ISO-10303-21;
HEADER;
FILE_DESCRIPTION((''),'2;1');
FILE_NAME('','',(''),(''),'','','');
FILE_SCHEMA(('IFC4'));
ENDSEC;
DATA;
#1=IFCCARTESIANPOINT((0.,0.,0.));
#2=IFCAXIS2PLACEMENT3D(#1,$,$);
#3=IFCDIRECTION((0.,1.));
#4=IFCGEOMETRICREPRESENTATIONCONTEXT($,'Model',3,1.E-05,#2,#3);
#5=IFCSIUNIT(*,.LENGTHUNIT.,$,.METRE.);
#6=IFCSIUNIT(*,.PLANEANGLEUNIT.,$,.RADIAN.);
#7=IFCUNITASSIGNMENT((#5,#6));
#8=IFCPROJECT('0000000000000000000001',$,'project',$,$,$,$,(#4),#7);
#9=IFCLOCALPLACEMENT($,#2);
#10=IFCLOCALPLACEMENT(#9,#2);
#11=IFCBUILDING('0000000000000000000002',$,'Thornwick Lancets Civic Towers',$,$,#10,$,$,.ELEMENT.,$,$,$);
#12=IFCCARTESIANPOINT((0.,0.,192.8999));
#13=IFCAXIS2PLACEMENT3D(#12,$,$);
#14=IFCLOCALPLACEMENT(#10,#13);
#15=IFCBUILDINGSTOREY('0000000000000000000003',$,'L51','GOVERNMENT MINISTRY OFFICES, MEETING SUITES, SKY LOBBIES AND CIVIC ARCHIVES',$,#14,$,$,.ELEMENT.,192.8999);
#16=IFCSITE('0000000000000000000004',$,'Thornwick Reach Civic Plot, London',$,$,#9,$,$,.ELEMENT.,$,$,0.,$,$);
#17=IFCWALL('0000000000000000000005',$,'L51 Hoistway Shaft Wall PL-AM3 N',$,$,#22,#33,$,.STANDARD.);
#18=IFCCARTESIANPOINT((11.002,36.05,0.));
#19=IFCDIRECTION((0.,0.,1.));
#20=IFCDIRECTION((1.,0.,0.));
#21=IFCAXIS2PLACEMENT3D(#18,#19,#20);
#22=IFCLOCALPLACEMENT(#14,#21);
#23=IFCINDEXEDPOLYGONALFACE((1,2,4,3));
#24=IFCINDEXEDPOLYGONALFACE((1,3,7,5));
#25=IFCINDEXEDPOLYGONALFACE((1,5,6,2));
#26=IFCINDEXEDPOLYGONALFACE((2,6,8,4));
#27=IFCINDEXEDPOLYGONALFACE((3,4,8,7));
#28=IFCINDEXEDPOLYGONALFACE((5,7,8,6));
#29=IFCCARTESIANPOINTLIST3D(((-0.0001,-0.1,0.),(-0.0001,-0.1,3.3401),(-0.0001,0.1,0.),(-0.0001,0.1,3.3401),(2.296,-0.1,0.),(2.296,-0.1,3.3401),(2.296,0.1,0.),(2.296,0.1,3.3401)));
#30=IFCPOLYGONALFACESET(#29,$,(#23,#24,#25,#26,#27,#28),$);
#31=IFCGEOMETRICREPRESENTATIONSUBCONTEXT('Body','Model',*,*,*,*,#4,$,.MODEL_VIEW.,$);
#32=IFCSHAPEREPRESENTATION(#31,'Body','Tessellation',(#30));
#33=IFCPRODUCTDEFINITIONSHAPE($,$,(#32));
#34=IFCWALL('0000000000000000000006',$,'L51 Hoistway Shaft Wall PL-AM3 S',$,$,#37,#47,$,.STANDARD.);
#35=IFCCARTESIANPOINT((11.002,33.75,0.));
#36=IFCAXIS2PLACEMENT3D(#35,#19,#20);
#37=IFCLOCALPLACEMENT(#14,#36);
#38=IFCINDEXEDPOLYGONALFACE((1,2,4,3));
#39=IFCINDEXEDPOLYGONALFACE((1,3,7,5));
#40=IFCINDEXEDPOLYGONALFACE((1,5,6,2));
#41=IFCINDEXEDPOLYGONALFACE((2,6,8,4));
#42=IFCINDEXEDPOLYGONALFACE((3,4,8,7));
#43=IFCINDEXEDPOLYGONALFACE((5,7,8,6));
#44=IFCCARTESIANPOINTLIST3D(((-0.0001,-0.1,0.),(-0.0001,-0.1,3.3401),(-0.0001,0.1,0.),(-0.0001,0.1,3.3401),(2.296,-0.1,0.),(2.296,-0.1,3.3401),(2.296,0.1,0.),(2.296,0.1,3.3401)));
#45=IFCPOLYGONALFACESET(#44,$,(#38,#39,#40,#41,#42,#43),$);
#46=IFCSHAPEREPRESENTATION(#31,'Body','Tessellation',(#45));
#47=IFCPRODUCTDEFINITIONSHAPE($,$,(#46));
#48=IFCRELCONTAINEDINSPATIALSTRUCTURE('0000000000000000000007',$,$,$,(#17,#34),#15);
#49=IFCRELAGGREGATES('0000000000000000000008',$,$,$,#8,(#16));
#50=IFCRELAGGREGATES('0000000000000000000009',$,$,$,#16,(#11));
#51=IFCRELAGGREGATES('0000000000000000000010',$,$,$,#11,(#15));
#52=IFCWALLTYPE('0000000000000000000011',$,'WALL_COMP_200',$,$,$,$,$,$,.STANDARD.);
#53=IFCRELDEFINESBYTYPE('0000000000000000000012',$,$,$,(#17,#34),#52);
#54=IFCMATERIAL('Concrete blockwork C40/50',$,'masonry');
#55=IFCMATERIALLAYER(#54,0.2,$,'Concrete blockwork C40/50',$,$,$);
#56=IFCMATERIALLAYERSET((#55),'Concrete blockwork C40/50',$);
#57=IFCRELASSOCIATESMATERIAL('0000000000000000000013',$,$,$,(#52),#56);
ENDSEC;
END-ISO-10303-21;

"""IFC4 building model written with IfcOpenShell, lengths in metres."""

from ifc_helpers import new_model, si_unit, direction, frame, frame_2d, origin, place, context, subcontext, project, spatial, rectangle, extrude, material, layer, layer_set, type_object, element, save


model = new_model("IFC4")

# Units and contexts
model_context = context("Model", 3, precision=1e-05, world=origin(), true_north=direction((0.0, 1.0)))
body_context = subcontext(model_context, "Body", "Model", "MODEL_VIEW")
ifc_project = project(units=[si_unit("LENGTHUNIT", "METRE"), si_unit("PLANEANGLEUNIT", "RADIAN")], contexts=[model_context])

# Site, building, storey
site_placement = place(None, origin())
site = spatial("IfcSite", under=ifc_project, at=site_placement, Name="Thornwick Reach Civic Plot, London", CompositionType="ELEMENT", RefElevation=0.0)
building_placement = place(site_placement, origin())
building = spatial("IfcBuilding", under=site, at=building_placement, Name="Thornwick Lancets Civic Towers", CompositionType="ELEMENT")
storey_placement = place(building_placement, frame((0.0, 0.0, 192.8999)))
storey = spatial("IfcBuildingStorey", under=building, at=storey_placement, Name="L51", Description="GOVERNMENT MINISTRY OFFICES, MEETING SUITES, SKY LOBBIES AND CIVIC ARCHIVES", CompositionType="ELEMENT", Elevation=192.8999)

# Shared definitions
ifc_material_1 = material(Name="Concrete blockwork C40/50", Category="masonry")
ifc_layer_1 = layer(ifc_material_1, 0.2, Name="Concrete blockwork C40/50")
ifc_layer_set_1 = layer_set([ifc_layer_1], Name="Concrete blockwork C40/50")
wall_type_1 = type_object("IfcWallType", Name="WALL_COMP_200", PredefinedType="STANDARD", material=ifc_layer_set_1)

# Walls
for number, where, z_axis, x_axis, name in (
    (1, (11.002, 36.05, 0.0), (0.0, 0.0, 1.0), (1.0, 0.0, 0.0), "L51 Hoistway Shaft Wall PL-AM3 N"),
    (2, (11.002, 33.75, 0.0), (0.0, 0.0, 1.0), (1.0, 0.0, 0.0), "L51 Hoistway Shaft Wall PL-AM3 S"),
):
    element("IfcWall", number, at=place(storey_placement, frame(where, z_axis=z_axis, x_axis=x_axis)), inside=storey, type_object=wall_type_1, Name=name, PredefinedType="STANDARD", context=body_context, shape_type="SweptSolid", body=[
        extrude(rectangle(XDim=2.2961, YDim=0.2, at=frame_2d((1.1479, 0.0))), origin(), (0.0, 0.0, 1.0), 3.3401),
    ])

save(model, "model.ifc")
